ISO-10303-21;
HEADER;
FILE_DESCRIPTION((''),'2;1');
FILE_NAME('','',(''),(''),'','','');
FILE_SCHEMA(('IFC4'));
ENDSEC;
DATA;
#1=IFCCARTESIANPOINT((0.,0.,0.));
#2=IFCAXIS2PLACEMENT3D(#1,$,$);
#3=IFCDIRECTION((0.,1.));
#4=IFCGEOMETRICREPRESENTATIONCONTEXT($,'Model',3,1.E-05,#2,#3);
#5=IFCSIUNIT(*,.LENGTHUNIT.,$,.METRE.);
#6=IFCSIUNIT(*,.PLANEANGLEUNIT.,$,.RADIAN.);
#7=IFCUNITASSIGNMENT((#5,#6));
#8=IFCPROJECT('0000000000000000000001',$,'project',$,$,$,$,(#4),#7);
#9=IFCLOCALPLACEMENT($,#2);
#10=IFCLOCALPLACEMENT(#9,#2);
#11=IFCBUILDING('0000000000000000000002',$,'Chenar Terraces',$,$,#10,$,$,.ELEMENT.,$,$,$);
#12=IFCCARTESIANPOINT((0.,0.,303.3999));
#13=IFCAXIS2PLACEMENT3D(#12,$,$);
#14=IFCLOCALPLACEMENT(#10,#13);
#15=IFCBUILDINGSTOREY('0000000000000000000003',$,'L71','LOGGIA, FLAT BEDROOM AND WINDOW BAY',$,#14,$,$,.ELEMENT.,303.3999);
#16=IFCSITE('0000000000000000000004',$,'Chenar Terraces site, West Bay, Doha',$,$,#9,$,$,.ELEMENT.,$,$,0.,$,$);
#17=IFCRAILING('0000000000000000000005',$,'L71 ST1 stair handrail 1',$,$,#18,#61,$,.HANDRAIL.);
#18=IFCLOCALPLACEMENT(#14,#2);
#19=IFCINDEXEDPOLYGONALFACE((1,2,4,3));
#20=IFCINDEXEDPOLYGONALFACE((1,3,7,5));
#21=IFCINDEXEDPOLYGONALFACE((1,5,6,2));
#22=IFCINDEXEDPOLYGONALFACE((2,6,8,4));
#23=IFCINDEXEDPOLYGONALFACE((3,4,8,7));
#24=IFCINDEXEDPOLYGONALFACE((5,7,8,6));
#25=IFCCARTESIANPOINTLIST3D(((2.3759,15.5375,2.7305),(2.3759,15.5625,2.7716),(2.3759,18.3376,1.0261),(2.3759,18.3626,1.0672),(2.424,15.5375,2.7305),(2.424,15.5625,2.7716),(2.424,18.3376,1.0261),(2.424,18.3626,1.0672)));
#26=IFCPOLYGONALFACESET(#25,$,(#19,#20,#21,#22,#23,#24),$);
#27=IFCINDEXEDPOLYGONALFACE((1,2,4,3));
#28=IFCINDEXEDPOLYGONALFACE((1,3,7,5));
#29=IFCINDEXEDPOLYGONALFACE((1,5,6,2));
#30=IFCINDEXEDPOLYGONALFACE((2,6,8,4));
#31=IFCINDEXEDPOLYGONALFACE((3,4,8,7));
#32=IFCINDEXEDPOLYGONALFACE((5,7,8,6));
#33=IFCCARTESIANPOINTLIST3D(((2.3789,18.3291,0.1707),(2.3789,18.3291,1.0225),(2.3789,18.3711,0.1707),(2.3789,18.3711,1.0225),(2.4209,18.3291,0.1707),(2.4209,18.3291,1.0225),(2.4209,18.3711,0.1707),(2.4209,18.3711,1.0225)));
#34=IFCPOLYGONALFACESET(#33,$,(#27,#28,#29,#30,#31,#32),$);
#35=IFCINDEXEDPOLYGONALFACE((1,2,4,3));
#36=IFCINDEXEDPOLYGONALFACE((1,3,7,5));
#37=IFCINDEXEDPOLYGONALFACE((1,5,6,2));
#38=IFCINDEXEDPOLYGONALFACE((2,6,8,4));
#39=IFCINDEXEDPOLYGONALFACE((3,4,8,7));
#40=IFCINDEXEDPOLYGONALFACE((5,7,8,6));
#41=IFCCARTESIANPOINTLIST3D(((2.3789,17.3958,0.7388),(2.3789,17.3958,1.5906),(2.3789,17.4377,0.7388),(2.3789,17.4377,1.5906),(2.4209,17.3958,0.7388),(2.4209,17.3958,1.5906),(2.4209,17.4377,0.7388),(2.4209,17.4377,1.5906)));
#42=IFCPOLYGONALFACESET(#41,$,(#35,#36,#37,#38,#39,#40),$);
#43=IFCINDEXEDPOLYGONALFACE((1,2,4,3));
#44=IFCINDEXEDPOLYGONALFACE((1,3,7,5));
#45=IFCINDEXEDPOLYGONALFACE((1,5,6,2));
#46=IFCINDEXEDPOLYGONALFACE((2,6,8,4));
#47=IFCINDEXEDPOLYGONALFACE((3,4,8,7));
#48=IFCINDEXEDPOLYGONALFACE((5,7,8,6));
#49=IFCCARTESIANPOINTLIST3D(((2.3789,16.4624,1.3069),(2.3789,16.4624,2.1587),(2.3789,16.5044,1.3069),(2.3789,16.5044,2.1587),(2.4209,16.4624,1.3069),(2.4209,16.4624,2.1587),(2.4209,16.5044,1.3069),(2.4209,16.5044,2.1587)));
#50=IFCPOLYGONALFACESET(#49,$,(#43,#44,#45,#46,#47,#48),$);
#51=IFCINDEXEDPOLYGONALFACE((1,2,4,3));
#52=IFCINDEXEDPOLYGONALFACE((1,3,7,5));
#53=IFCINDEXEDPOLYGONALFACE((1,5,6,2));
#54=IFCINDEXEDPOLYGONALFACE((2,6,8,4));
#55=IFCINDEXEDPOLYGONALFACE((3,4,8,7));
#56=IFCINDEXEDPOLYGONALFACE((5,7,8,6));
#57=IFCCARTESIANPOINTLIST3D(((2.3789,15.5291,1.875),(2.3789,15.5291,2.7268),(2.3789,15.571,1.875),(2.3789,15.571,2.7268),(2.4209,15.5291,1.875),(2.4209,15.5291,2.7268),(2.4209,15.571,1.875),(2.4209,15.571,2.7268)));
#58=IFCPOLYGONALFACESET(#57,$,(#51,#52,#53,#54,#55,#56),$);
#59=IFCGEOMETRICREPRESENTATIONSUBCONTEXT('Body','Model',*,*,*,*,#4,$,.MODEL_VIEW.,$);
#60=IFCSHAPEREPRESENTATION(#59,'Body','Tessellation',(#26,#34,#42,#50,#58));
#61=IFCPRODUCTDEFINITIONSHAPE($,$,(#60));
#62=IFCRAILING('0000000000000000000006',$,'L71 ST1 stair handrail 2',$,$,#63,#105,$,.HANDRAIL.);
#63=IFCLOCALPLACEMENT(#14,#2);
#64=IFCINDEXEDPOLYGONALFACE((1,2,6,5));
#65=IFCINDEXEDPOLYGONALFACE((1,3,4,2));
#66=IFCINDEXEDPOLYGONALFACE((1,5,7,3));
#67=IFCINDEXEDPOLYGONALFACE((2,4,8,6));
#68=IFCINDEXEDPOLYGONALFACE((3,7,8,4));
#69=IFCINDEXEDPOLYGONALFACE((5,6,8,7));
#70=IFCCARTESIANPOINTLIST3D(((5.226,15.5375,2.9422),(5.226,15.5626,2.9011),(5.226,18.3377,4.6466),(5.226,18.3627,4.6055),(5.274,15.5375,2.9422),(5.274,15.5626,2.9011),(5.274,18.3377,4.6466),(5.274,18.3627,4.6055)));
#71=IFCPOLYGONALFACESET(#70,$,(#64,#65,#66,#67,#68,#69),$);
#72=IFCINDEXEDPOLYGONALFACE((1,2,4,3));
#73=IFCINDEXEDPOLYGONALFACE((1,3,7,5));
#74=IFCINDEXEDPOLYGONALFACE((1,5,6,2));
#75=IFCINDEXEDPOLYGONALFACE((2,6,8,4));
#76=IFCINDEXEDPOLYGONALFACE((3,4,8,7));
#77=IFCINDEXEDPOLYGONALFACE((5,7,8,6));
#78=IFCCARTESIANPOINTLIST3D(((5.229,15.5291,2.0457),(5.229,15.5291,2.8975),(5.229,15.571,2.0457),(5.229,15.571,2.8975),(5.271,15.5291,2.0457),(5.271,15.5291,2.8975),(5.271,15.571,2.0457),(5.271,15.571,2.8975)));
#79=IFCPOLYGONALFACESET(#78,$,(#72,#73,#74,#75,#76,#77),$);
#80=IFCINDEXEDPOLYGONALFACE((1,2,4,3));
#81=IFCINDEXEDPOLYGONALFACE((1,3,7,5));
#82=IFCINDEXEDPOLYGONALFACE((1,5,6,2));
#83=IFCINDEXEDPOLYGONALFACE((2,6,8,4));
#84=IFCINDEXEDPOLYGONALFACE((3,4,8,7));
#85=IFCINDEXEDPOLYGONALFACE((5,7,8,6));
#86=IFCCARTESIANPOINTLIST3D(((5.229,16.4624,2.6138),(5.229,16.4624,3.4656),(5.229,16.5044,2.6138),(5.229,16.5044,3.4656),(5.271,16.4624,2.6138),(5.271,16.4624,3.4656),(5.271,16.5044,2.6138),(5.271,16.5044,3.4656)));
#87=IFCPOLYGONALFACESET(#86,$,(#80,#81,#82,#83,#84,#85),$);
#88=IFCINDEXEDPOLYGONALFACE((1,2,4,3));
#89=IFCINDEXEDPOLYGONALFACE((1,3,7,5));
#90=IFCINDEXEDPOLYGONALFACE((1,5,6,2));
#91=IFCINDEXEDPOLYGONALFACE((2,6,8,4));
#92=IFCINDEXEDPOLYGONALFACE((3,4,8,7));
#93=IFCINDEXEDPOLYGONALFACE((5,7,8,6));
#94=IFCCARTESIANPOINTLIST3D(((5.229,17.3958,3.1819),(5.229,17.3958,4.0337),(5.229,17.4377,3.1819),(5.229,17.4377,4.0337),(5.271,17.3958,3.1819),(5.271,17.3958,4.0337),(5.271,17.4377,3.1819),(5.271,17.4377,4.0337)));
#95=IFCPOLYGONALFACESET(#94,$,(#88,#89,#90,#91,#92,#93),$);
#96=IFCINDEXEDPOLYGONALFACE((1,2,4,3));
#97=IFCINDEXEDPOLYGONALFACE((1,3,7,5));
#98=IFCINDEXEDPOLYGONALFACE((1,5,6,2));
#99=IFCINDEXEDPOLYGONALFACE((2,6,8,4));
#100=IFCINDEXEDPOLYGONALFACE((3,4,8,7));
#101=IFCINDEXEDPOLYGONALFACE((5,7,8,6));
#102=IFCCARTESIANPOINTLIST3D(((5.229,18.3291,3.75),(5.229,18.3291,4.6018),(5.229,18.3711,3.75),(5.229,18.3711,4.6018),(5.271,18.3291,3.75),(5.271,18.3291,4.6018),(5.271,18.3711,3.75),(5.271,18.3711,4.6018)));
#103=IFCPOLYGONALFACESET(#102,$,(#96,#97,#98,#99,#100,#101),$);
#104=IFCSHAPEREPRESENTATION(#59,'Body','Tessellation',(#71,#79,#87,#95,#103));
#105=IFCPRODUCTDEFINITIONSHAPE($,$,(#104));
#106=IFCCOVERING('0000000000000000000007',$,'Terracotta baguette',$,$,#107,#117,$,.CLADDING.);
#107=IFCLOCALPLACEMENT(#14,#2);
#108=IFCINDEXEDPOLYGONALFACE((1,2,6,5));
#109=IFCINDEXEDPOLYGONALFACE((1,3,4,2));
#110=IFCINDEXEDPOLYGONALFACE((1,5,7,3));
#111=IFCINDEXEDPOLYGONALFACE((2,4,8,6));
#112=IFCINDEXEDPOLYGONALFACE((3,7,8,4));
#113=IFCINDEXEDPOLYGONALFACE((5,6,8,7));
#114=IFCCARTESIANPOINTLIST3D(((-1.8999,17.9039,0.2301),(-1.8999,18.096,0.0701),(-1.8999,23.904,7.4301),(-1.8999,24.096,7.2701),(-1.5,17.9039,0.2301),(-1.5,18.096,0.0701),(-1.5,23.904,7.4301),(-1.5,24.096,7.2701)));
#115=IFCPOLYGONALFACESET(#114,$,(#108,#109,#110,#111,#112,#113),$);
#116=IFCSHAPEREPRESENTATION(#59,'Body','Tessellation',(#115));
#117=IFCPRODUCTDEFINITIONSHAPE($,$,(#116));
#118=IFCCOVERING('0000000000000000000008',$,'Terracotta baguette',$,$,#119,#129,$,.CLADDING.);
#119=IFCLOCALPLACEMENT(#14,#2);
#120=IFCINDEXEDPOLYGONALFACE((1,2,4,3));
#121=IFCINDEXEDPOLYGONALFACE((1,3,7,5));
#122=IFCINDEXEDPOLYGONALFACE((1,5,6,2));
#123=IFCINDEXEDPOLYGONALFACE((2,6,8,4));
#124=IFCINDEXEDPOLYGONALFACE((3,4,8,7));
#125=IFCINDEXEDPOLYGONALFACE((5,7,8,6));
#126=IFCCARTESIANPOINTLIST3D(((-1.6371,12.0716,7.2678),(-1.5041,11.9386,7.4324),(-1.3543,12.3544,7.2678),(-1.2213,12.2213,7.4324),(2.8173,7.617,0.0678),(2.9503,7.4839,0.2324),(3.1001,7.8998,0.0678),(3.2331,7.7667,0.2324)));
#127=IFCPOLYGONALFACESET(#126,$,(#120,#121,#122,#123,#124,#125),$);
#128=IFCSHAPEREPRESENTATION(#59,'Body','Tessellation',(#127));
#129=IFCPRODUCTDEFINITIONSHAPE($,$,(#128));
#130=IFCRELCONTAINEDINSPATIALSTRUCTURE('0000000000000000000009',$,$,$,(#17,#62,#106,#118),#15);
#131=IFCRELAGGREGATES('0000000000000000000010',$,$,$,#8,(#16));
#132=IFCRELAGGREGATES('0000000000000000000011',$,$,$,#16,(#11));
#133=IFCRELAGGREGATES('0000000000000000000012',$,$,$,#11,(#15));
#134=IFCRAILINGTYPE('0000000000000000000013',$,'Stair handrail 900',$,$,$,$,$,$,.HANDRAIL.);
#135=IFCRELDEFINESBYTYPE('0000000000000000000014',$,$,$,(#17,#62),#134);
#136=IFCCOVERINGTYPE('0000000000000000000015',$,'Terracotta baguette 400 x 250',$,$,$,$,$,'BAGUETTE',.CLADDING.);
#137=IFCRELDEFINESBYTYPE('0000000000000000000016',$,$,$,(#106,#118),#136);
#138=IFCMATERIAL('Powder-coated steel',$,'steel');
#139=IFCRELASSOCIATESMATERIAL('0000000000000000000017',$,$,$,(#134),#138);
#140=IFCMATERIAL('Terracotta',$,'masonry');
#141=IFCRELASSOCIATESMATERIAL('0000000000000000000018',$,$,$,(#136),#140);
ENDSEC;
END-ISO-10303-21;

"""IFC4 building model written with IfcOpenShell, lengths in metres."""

from ifc_helpers import new_model, si_unit, direction, frame, origin, origin_2d, place, context, subcontext, project, spatial, rectangle, extrude, material, material_profile, profile_set, type_object, element, save


model = new_model("IFC4")

# Units and contexts
model_context = context("Model", 3, precision=1e-05, world=origin(), true_north=direction((0.0, 1.0)))
body_context = subcontext(model_context, "Body", "Model", "MODEL_VIEW")
ifc_project = project(units=[si_unit("LENGTHUNIT", "METRE"), si_unit("PLANEANGLEUNIT", "RADIAN")], contexts=[model_context])

# Site, building, storey
site_placement = place(None, origin())
site = spatial("IfcSite", under=ifc_project, at=site_placement, Name="Chenar Terraces site, West Bay, Doha", CompositionType="ELEMENT", RefElevation=0.0)
building_placement = place(site_placement, origin())
building = spatial("IfcBuilding", under=site, at=building_placement, Name="Chenar Terraces", CompositionType="ELEMENT")
storey_placement = place(building_placement, frame((0.0, 0.0, 303.3999)))
storey = spatial("IfcBuildingStorey", under=building, at=storey_placement, Name="L71", Description="LOGGIA, FLAT BEDROOM AND WINDOW BAY", CompositionType="ELEMENT", Elevation=303.3999)

# Railings
ifc_material_1 = material(Name="Powder-coated steel", Category="steel")
railing_type_1 = type_object("IfcRailingType", Name="Stair handrail 900", PredefinedType="HANDRAIL", material=ifc_material_1)
railing_1_placement = place(storey_placement, frame((2.3999, 18.3501, 0.1707)))
element("IfcRailing", 1, at=railing_1_placement, inside=storey, type_object=railing_type_1, Name="L71 ST1 stair handrail 1", PredefinedType="HANDRAIL", context=body_context, shape_type="SweptSolid", body=[
    extrude(rectangle(XDim=0.0481, YDim=0.0481, at=origin_2d()), frame((0.0, 0.0, 0.876), z_axis=(0.0, -0.854203, 0.51994), x_axis=(1.0, 0.0, 0.0)), (0.0, 0.0, 1.0), 3.2781),
    extrude(rectangle(XDim=0.042, YDim=0.042, at=origin_2d()), origin(), (0.0, 0.0, 1.0), 0.8518),
    extrude(rectangle(XDim=0.042, YDim=0.042, at=origin_2d()), frame((0.0, -0.9333, 0.5681)), (0.0, 0.0, 1.0), 0.8518),
    extrude(rectangle(XDim=0.042, YDim=0.042, at=origin_2d()), frame((0.0, -1.8667, 1.1362)), (0.0, 0.0, 1.0), 0.8518),
    extrude(rectangle(XDim=0.042, YDim=0.042, at=origin_2d()), frame((0.0, -2.8, 1.7043)), (0.0, 0.0, 1.0), 0.8518),
])
railing_2_placement = place(storey_placement, frame((5.25, 15.55, 2.0457)))
element("IfcRailing", 2, at=railing_2_placement, inside=storey, type_object=railing_type_1, Name="L71 ST1 stair handrail 2", PredefinedType="HANDRAIL", context=body_context, shape_type="SweptSolid", body=[
    extrude(rectangle(XDim=0.0481, YDim=0.0481, at=origin_2d()), frame((0.0, 0.0, 0.876), z_axis=(0.0, 0.854203, 0.51994), x_axis=(-1.0, 0.0, 0.0)), (0.0, 0.0, 1.0), 3.2781),
    extrude(rectangle(XDim=0.042, YDim=0.042, at=origin_2d()), origin(), (0.0, 0.0, 1.0), 0.8518),
    extrude(rectangle(XDim=0.042, YDim=0.042, at=origin_2d()), frame((0.0, 0.9333, 0.5681)), (0.0, 0.0, 1.0), 0.8518),
    extrude(rectangle(XDim=0.042, YDim=0.042, at=origin_2d()), frame((0.0, 1.8667, 1.1362)), (0.0, 0.0, 1.0), 0.8518),
    extrude(rectangle(XDim=0.042, YDim=0.042, at=origin_2d()), frame((0.0, 2.8, 1.7043)), (0.0, 0.0, 1.0), 0.8518),
])

# Coverings
ifc_material_2 = material(Name="Terracotta", Category="masonry")
ifc_material_profile_1 = material_profile(ifc_material_2, rectangle(XDim=0.3999, YDim=0.25, at=origin_2d()), Name="Terracotta baguette 400 x 250")
ifc_profile_set_1 = profile_set([ifc_material_profile_1], Name="Terracotta")
covering_type = type_object("IfcCoveringType", Name="Terracotta baguette 400 x 250", ElementType="BAGUETTE", PredefinedType="CLADDING", material=ifc_profile_set_1)
covering_1_placement = place(storey_placement, frame((-1.7, 24.0, 7.3501), z_axis=(0.0, -0.640187, -0.768219), x_axis=(1.0, 0.0, 0.0)))
element("IfcCovering", 3, at=covering_1_placement, inside=storey, type_object=covering_type, Name="Terracotta baguette", PredefinedType="CLADDING", context=body_context, shape_type="SweptSolid", body=[
    extrude(rectangle(XDim=0.3999, YDim=0.25, at=origin_2d()), origin(), (0.0, 0.0, 1.0), 9.3723),
])
covering_2_placement = place(storey_placement, frame((-1.4292, 12.1465, 7.3501), z_axis=(0.465604, -0.46563, -0.752597), x_axis=(0.707126, 0.707087, 0.0)))
element("IfcCovering", 4, at=covering_2_placement, inside=storey, type_object=covering_type, Name="Terracotta baguette", PredefinedType="CLADDING", context=body_context, shape_type="SweptSolid", body=[
    extrude(rectangle(XDim=0.3999, YDim=0.25, at=origin_2d()), origin(), (0.0, 0.0, 1.0), 9.5669),
])

save(model, "model.ifc")
